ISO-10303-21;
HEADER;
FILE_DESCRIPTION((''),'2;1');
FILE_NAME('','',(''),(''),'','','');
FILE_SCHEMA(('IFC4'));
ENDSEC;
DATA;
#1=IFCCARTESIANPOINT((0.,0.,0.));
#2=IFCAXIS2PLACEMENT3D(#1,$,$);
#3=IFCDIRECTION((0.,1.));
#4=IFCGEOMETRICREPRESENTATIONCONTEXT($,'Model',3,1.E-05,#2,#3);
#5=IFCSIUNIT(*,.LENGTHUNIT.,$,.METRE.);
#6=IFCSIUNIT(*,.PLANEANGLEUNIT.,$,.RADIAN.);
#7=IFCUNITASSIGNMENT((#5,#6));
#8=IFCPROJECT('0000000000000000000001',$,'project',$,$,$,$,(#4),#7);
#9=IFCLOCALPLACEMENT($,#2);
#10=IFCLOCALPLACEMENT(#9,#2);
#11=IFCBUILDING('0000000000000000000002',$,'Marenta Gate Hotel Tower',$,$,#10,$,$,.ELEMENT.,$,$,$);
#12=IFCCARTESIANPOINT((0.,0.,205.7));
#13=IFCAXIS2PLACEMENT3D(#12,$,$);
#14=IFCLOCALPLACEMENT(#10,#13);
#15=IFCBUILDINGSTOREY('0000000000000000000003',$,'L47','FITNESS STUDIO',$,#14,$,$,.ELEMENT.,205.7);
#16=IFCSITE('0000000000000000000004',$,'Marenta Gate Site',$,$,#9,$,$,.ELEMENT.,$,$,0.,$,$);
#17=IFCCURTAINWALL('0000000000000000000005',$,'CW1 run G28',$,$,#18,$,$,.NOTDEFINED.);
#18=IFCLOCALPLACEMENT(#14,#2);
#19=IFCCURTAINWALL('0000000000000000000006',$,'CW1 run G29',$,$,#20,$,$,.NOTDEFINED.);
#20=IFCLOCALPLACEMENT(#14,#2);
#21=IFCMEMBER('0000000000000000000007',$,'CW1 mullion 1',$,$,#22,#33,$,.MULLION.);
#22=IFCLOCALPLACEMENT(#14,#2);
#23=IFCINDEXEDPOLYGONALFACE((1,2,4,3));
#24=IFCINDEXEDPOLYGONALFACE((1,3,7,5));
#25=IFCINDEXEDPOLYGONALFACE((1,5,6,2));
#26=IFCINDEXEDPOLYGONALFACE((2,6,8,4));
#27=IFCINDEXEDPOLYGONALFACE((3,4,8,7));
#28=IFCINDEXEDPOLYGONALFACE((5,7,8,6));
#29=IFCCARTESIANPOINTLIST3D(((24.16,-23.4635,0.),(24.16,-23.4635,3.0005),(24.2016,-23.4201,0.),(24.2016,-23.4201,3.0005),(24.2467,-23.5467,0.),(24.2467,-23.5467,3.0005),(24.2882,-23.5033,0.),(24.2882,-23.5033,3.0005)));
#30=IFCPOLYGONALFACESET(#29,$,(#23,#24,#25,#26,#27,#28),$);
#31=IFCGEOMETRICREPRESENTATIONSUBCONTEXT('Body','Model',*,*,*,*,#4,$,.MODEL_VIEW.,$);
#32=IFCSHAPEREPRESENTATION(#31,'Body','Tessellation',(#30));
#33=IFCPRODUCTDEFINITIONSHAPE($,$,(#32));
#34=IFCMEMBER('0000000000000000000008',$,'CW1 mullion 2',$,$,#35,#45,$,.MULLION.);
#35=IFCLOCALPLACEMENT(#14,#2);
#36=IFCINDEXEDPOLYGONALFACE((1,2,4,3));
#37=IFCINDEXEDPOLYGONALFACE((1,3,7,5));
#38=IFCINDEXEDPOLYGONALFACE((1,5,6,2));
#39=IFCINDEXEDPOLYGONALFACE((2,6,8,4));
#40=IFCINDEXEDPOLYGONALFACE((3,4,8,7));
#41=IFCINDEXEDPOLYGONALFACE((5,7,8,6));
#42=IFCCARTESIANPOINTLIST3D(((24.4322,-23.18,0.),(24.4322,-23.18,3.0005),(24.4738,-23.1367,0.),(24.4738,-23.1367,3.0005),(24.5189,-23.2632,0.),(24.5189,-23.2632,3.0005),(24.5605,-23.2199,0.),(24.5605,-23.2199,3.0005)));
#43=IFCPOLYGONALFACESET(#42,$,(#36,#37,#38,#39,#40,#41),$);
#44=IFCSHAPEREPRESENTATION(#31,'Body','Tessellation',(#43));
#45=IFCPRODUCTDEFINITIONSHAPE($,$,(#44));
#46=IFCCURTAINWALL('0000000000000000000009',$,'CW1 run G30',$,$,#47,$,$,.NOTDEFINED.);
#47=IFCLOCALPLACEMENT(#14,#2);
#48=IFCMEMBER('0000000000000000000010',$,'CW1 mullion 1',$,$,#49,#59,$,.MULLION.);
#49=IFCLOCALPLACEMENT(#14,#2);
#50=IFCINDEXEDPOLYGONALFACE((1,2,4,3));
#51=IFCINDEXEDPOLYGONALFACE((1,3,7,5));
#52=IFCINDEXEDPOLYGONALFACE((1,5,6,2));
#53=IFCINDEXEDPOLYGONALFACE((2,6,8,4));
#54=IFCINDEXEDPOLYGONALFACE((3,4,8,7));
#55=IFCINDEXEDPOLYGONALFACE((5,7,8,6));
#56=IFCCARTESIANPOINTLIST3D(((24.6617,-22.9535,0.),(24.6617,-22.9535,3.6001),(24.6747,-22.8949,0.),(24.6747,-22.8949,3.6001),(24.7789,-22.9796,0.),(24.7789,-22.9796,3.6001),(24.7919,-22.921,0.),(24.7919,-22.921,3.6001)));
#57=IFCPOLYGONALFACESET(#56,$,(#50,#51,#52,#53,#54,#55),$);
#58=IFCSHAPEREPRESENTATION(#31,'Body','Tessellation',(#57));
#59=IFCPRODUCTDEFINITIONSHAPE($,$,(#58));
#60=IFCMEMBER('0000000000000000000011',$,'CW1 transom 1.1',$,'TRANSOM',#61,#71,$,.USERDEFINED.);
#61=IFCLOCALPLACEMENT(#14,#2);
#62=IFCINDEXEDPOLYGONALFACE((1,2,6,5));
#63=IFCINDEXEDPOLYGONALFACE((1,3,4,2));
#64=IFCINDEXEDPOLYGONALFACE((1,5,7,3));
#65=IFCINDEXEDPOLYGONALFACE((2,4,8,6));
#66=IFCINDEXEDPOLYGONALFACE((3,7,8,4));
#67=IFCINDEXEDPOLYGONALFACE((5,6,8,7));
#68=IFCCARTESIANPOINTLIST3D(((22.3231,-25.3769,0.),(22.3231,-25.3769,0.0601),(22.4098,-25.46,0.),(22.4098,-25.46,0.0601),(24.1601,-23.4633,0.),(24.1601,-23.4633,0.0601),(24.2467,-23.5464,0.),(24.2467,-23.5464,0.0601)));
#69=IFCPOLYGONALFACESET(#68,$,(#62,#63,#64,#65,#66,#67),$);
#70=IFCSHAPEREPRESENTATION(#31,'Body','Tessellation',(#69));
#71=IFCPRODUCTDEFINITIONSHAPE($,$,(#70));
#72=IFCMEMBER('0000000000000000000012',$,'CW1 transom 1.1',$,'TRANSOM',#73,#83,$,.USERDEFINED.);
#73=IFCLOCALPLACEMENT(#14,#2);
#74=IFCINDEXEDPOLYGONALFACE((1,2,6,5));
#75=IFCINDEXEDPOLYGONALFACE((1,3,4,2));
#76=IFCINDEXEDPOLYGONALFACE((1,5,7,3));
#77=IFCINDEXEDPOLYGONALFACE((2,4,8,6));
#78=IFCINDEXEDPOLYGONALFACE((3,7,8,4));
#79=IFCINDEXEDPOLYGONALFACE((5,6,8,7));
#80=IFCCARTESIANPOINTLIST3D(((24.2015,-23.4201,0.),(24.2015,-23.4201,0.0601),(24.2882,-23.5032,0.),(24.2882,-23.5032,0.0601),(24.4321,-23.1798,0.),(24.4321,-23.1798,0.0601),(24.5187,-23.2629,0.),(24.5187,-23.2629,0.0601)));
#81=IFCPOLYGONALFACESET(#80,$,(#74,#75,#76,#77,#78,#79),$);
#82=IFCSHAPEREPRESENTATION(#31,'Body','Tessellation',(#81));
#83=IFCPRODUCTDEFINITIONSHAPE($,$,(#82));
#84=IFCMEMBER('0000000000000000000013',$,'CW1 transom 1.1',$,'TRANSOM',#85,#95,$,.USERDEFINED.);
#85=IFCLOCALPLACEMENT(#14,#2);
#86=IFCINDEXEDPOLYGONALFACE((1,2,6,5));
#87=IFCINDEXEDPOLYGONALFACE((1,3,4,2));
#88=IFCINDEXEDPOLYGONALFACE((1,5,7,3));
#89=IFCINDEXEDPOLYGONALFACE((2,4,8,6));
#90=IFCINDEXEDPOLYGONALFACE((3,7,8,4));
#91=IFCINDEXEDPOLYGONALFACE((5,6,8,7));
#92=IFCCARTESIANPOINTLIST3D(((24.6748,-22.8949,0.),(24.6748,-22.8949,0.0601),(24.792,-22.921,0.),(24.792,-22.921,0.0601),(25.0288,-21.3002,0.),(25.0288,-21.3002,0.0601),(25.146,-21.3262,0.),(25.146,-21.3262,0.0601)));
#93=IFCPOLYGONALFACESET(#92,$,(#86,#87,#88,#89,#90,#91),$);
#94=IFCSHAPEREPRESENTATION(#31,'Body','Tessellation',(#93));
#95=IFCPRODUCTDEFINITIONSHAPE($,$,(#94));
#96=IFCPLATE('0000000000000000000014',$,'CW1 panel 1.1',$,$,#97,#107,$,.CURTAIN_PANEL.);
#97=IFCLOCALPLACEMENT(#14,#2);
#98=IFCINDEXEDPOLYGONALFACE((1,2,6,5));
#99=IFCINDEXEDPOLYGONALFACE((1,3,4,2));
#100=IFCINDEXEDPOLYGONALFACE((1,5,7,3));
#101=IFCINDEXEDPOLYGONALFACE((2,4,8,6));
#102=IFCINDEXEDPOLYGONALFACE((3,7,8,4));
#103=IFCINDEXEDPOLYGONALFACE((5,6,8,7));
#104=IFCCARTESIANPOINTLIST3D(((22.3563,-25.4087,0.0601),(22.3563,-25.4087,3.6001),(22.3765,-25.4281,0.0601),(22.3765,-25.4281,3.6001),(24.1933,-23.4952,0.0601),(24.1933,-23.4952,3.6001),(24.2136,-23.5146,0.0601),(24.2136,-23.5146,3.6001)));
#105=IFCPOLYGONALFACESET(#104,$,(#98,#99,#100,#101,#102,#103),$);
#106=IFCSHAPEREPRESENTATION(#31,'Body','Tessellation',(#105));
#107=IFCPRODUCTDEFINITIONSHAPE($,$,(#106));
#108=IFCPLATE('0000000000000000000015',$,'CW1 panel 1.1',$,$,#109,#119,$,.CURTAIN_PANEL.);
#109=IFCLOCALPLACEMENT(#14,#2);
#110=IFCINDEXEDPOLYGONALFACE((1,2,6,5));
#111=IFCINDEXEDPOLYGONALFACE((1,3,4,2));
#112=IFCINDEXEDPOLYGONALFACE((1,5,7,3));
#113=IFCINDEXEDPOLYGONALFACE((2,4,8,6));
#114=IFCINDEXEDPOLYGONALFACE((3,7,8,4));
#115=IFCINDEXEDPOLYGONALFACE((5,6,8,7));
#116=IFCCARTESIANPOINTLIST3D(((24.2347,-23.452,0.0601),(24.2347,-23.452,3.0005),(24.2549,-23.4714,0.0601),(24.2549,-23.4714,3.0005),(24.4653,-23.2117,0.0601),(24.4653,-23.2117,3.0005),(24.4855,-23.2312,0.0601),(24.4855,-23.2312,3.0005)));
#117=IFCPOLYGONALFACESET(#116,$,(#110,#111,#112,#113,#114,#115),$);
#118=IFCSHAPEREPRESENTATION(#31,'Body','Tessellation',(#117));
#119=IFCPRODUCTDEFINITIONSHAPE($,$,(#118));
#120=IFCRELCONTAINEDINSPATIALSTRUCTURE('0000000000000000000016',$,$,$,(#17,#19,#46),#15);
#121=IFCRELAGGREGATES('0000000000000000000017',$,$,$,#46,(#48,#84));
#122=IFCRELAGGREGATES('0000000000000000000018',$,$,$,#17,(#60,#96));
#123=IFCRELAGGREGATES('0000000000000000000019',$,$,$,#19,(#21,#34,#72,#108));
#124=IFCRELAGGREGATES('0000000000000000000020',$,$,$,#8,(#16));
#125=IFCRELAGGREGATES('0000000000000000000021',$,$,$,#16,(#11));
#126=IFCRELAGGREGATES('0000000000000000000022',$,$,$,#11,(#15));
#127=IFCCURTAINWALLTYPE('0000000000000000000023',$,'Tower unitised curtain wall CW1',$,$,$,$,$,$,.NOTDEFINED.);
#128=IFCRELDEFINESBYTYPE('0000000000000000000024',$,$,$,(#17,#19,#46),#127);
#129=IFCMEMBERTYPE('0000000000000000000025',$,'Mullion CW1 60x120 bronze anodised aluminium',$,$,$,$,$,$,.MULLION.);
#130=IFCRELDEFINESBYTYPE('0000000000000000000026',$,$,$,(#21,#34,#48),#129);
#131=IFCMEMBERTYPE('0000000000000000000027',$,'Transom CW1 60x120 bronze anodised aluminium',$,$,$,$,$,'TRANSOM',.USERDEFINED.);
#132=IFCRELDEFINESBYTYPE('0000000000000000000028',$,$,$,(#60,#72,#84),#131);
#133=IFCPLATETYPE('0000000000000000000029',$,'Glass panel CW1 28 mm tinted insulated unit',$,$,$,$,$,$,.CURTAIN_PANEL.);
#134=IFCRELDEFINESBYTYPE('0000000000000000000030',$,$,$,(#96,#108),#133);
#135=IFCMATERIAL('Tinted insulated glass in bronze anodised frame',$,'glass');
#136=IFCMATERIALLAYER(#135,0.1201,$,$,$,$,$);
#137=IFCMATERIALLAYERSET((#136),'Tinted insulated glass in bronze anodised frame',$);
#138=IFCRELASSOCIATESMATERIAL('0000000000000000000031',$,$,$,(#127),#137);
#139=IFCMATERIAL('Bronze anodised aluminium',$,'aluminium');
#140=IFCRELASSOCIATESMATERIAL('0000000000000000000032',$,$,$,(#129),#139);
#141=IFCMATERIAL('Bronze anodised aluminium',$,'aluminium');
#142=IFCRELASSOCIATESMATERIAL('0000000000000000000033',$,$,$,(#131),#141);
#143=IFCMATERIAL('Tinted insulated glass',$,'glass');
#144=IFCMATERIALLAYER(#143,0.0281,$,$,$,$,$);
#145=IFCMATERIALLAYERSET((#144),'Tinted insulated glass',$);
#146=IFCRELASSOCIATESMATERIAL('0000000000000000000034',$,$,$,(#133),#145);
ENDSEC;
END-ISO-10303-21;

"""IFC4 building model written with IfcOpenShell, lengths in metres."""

from ifc_helpers import new_model, si_unit, direction, frame, origin, origin_2d, place, context, subcontext, project, spatial, rectangle, extrude, material, layer, layer_set, material_profile, profile_set, type_object, element, aggregate, save


model = new_model("IFC4")

# Units and contexts
model_context = context("Model", 3, precision=1e-05, world=origin(), true_north=direction((0.0, 1.0)))
body_context = subcontext(model_context, "Body", "Model", "MODEL_VIEW")
ifc_project = project(units=[si_unit("LENGTHUNIT", "METRE"), si_unit("PLANEANGLEUNIT", "RADIAN")], contexts=[model_context])

# Site, building, storey
site_placement = place(None, origin())
site = spatial("IfcSite", under=ifc_project, at=site_placement, Name="Marenta Gate Site", CompositionType="ELEMENT", RefElevation=0.0)
building_placement = place(site_placement, origin())
building = spatial("IfcBuilding", under=site, at=building_placement, Name="Marenta Gate Hotel Tower", CompositionType="ELEMENT")
storey_placement = place(building_placement, frame((0.0, 0.0, 205.7)))
storey = spatial("IfcBuildingStorey", under=building, at=storey_placement, Name="L47", Description="FITNESS STUDIO", CompositionType="ELEMENT", Elevation=205.7)

# Curtain wall
ifc_material_1 = material(Name="Tinted insulated glass in bronze anodised frame", Category="glass")
ifc_layer_1 = layer(ifc_material_1, 0.1201)
ifc_layer_set_1 = layer_set([ifc_layer_1], Name="Tinted insulated glass in bronze anodised frame")
curtain_wall_type = type_object("IfcCurtainWallType", Name="Tower unitised curtain wall CW1", PredefinedType="NOTDEFINED", material=ifc_layer_set_1)
ifc_material_2 = material(Name="Bronze anodised aluminium", Category="aluminium")
ifc_material_profile_1 = material_profile(ifc_material_2, rectangle(XDim=0.1201, YDim=0.0601, at=origin_2d()), Name="Mullion CW1 60x120 bronze anodised aluminium")
ifc_profile_set_1 = profile_set([ifc_material_profile_1], Name="Bronze anodised aluminium")
member_type_1 = type_object("IfcMemberType", Name="Mullion CW1 60x120 bronze anodised aluminium", PredefinedType="MULLION", material=ifc_profile_set_1)
curtain_wall_1_placement = place(storey_placement, origin())
curtain_wall_1 = element("IfcCurtainWall", 1, at=curtain_wall_1_placement, inside=storey, type_object=curtain_wall_type, Name="CW1 run G28", PredefinedType="NOTDEFINED")

# Curtain wall, members
curtain_wall_2_placement = place(storey_placement, origin())
curtain_wall_2 = element("IfcCurtainWall", 2, at=curtain_wall_2_placement, inside=storey, type_object=curtain_wall_type, Name="CW1 run G29", PredefinedType="NOTDEFINED")
member_1_placement = place(storey_placement, frame((24.2241, -23.4834, 0.0), z_axis=(0.0, 0.0, 1.0), x_axis=(-0.721418, 0.6925, 0.0)))
member_1 = element("IfcMember", 3, at=member_1_placement, type_object=member_type_1, Name="CW1 mullion 1", PredefinedType="MULLION", context=body_context, shape_type="SweptSolid", body=[
    extrude(rectangle(XDim=0.1201, YDim=0.0601, at=origin_2d()), origin(), (0.0, 0.0, 1.0), 3.0005),
])
member_2_placement = place(storey_placement, frame((24.4963, -23.2, 0.0), z_axis=(0.0, 0.0, 1.0), x_axis=(-0.721418, 0.6925, 0.0)))
member_2 = element("IfcMember", 4, at=member_2_placement, type_object=member_type_1, Name="CW1 mullion 2", PredefinedType="MULLION", context=body_context, shape_type="SweptSolid", body=[
    extrude(rectangle(XDim=0.1201, YDim=0.0601, at=origin_2d()), origin(), (0.0, 0.0, 1.0), 3.0005),
])

# Curtain wall, member
curtain_wall_3_placement = place(storey_placement, origin())
curtain_wall_3 = element("IfcCurtainWall", 5, at=curtain_wall_3_placement, inside=storey, type_object=curtain_wall_type, Name="CW1 run G30", PredefinedType="NOTDEFINED")
member_3_placement = place(storey_placement, frame((24.7268, -22.9373, 0.0), z_axis=(0.0, 0.0, 1.0), x_axis=(-0.976212, 0.216818, 0.0)))
member_3 = element("IfcMember", 6, at=member_3_placement, type_object=member_type_1, Name="CW1 mullion 1", PredefinedType="MULLION", context=body_context, shape_type="SweptSolid", body=[
    extrude(rectangle(XDim=0.1201, YDim=0.0601, at=origin_2d()), origin(), (0.0, 0.0, 1.0), 3.6001),
])

# Members
ifc_material_3 = material(Name="Bronze anodised aluminium", Category="aluminium")
ifc_material_profile_2 = material_profile(ifc_material_3, rectangle(XDim=0.1201, YDim=0.0601, at=origin_2d()), Name="Transom CW1 60x120 bronze anodised aluminium")
ifc_profile_set_2 = profile_set([ifc_material_profile_2], Name="Bronze anodised aluminium")
member_type_2 = type_object("IfcMemberType", Name="Transom CW1 60x120 bronze anodised aluminium", ElementType="TRANSOM", PredefinedType="USERDEFINED", material=ifc_profile_set_2)
member_4_placement = place(storey_placement, frame((22.3665, -25.4185, 0.03), z_axis=(0.692509, 0.721409, 0.0), x_axis=(-0.721409, 0.692509, 0.0)))
member_4 = element("IfcMember", 7, at=member_4_placement, type_object=member_type_2, Name="CW1 transom 1.1", ObjectType="TRANSOM", PredefinedType="USERDEFINED", context=body_context, shape_type="SweptSolid", body=[
    extrude(rectangle(XDim=0.1201, YDim=0.0601, at=origin_2d()), origin(), (0.0, 0.0, 1.0), 2.6526),
])
member_5_placement = place(storey_placement, frame((24.2449, -23.4617, 0.03), z_axis=(0.692288, 0.721622, 0.0), x_axis=(-0.721622, 0.692288, 0.0)))
member_5 = element("IfcMember", 8, at=member_5_placement, type_object=member_type_2, Name="CW1 transom 1.1", ObjectType="TRANSOM", PredefinedType="USERDEFINED", context=body_context, shape_type="SweptSolid", body=[
    extrude(rectangle(XDim=0.1201, YDim=0.0601, at=origin_2d()), origin(), (0.0, 0.0, 1.0), 0.333),
])
member_6_placement = place(storey_placement, frame((24.7334, -22.908, 0.03), z_axis=(0.216709, 0.976236, 0.0), x_axis=(-0.976236, 0.216709, 0.0)))
member_6 = element("IfcMember", 9, at=member_6_placement, type_object=member_type_2, Name="CW1 transom 1.1", ObjectType="TRANSOM", PredefinedType="USERDEFINED", context=body_context, shape_type="SweptSolid", body=[
    extrude(rectangle(XDim=0.1201, YDim=0.0601, at=origin_2d()), origin(), (0.0, 0.0, 1.0), 1.6335),
])
aggregate(curtain_wall_3, [member_3, member_6])

# Plates
ifc_material_4 = material(Name="Tinted insulated glass", Category="glass")
ifc_layer_2 = layer(ifc_material_4, 0.0281)
ifc_layer_set_2 = layer_set([ifc_layer_2], Name="Tinted insulated glass")
plate_type = type_object("IfcPlateType", Name="Glass panel CW1 28 mm tinted insulated unit", PredefinedType="CURTAIN_PANEL", material=ifc_layer_set_2)
plate_1_placement = place(storey_placement, frame((23.2849, -24.4617, 0.0601), z_axis=(0.0, 0.0, 1.0), x_axis=(0.692545, 0.721375, 0.0)))
plate_1 = element("IfcPlate", 10, at=plate_1_placement, type_object=plate_type, Name="CW1 panel 1.1", PredefinedType="CURTAIN_PANEL", context=body_context, shape_type="SweptSolid", body=[
    extrude(rectangle(XDim=2.6526, YDim=0.0281, at=origin_2d()), origin(), (0.0, 0.0, 1.0), 3.54),
])
aggregate(curtain_wall_1, [member_4, plate_1])
plate_2_placement = place(storey_placement, frame((24.3601, -23.3416, 0.0601), z_axis=(0.0, 0.0, 1.0), x_axis=(0.6925, 0.721418, 0.0)))
plate_2 = element("IfcPlate", 11, at=plate_2_placement, type_object=plate_type, Name="CW1 panel 1.1", PredefinedType="CURTAIN_PANEL", context=body_context, shape_type="SweptSolid", body=[
    extrude(rectangle(XDim=0.333, YDim=0.0281, at=origin_2d()), origin(), (0.0, 0.0, 1.0), 2.9404),
])
aggregate(curtain_wall_2, [member_1, member_2, member_5, plate_2])

save(model, "model.ifc")
